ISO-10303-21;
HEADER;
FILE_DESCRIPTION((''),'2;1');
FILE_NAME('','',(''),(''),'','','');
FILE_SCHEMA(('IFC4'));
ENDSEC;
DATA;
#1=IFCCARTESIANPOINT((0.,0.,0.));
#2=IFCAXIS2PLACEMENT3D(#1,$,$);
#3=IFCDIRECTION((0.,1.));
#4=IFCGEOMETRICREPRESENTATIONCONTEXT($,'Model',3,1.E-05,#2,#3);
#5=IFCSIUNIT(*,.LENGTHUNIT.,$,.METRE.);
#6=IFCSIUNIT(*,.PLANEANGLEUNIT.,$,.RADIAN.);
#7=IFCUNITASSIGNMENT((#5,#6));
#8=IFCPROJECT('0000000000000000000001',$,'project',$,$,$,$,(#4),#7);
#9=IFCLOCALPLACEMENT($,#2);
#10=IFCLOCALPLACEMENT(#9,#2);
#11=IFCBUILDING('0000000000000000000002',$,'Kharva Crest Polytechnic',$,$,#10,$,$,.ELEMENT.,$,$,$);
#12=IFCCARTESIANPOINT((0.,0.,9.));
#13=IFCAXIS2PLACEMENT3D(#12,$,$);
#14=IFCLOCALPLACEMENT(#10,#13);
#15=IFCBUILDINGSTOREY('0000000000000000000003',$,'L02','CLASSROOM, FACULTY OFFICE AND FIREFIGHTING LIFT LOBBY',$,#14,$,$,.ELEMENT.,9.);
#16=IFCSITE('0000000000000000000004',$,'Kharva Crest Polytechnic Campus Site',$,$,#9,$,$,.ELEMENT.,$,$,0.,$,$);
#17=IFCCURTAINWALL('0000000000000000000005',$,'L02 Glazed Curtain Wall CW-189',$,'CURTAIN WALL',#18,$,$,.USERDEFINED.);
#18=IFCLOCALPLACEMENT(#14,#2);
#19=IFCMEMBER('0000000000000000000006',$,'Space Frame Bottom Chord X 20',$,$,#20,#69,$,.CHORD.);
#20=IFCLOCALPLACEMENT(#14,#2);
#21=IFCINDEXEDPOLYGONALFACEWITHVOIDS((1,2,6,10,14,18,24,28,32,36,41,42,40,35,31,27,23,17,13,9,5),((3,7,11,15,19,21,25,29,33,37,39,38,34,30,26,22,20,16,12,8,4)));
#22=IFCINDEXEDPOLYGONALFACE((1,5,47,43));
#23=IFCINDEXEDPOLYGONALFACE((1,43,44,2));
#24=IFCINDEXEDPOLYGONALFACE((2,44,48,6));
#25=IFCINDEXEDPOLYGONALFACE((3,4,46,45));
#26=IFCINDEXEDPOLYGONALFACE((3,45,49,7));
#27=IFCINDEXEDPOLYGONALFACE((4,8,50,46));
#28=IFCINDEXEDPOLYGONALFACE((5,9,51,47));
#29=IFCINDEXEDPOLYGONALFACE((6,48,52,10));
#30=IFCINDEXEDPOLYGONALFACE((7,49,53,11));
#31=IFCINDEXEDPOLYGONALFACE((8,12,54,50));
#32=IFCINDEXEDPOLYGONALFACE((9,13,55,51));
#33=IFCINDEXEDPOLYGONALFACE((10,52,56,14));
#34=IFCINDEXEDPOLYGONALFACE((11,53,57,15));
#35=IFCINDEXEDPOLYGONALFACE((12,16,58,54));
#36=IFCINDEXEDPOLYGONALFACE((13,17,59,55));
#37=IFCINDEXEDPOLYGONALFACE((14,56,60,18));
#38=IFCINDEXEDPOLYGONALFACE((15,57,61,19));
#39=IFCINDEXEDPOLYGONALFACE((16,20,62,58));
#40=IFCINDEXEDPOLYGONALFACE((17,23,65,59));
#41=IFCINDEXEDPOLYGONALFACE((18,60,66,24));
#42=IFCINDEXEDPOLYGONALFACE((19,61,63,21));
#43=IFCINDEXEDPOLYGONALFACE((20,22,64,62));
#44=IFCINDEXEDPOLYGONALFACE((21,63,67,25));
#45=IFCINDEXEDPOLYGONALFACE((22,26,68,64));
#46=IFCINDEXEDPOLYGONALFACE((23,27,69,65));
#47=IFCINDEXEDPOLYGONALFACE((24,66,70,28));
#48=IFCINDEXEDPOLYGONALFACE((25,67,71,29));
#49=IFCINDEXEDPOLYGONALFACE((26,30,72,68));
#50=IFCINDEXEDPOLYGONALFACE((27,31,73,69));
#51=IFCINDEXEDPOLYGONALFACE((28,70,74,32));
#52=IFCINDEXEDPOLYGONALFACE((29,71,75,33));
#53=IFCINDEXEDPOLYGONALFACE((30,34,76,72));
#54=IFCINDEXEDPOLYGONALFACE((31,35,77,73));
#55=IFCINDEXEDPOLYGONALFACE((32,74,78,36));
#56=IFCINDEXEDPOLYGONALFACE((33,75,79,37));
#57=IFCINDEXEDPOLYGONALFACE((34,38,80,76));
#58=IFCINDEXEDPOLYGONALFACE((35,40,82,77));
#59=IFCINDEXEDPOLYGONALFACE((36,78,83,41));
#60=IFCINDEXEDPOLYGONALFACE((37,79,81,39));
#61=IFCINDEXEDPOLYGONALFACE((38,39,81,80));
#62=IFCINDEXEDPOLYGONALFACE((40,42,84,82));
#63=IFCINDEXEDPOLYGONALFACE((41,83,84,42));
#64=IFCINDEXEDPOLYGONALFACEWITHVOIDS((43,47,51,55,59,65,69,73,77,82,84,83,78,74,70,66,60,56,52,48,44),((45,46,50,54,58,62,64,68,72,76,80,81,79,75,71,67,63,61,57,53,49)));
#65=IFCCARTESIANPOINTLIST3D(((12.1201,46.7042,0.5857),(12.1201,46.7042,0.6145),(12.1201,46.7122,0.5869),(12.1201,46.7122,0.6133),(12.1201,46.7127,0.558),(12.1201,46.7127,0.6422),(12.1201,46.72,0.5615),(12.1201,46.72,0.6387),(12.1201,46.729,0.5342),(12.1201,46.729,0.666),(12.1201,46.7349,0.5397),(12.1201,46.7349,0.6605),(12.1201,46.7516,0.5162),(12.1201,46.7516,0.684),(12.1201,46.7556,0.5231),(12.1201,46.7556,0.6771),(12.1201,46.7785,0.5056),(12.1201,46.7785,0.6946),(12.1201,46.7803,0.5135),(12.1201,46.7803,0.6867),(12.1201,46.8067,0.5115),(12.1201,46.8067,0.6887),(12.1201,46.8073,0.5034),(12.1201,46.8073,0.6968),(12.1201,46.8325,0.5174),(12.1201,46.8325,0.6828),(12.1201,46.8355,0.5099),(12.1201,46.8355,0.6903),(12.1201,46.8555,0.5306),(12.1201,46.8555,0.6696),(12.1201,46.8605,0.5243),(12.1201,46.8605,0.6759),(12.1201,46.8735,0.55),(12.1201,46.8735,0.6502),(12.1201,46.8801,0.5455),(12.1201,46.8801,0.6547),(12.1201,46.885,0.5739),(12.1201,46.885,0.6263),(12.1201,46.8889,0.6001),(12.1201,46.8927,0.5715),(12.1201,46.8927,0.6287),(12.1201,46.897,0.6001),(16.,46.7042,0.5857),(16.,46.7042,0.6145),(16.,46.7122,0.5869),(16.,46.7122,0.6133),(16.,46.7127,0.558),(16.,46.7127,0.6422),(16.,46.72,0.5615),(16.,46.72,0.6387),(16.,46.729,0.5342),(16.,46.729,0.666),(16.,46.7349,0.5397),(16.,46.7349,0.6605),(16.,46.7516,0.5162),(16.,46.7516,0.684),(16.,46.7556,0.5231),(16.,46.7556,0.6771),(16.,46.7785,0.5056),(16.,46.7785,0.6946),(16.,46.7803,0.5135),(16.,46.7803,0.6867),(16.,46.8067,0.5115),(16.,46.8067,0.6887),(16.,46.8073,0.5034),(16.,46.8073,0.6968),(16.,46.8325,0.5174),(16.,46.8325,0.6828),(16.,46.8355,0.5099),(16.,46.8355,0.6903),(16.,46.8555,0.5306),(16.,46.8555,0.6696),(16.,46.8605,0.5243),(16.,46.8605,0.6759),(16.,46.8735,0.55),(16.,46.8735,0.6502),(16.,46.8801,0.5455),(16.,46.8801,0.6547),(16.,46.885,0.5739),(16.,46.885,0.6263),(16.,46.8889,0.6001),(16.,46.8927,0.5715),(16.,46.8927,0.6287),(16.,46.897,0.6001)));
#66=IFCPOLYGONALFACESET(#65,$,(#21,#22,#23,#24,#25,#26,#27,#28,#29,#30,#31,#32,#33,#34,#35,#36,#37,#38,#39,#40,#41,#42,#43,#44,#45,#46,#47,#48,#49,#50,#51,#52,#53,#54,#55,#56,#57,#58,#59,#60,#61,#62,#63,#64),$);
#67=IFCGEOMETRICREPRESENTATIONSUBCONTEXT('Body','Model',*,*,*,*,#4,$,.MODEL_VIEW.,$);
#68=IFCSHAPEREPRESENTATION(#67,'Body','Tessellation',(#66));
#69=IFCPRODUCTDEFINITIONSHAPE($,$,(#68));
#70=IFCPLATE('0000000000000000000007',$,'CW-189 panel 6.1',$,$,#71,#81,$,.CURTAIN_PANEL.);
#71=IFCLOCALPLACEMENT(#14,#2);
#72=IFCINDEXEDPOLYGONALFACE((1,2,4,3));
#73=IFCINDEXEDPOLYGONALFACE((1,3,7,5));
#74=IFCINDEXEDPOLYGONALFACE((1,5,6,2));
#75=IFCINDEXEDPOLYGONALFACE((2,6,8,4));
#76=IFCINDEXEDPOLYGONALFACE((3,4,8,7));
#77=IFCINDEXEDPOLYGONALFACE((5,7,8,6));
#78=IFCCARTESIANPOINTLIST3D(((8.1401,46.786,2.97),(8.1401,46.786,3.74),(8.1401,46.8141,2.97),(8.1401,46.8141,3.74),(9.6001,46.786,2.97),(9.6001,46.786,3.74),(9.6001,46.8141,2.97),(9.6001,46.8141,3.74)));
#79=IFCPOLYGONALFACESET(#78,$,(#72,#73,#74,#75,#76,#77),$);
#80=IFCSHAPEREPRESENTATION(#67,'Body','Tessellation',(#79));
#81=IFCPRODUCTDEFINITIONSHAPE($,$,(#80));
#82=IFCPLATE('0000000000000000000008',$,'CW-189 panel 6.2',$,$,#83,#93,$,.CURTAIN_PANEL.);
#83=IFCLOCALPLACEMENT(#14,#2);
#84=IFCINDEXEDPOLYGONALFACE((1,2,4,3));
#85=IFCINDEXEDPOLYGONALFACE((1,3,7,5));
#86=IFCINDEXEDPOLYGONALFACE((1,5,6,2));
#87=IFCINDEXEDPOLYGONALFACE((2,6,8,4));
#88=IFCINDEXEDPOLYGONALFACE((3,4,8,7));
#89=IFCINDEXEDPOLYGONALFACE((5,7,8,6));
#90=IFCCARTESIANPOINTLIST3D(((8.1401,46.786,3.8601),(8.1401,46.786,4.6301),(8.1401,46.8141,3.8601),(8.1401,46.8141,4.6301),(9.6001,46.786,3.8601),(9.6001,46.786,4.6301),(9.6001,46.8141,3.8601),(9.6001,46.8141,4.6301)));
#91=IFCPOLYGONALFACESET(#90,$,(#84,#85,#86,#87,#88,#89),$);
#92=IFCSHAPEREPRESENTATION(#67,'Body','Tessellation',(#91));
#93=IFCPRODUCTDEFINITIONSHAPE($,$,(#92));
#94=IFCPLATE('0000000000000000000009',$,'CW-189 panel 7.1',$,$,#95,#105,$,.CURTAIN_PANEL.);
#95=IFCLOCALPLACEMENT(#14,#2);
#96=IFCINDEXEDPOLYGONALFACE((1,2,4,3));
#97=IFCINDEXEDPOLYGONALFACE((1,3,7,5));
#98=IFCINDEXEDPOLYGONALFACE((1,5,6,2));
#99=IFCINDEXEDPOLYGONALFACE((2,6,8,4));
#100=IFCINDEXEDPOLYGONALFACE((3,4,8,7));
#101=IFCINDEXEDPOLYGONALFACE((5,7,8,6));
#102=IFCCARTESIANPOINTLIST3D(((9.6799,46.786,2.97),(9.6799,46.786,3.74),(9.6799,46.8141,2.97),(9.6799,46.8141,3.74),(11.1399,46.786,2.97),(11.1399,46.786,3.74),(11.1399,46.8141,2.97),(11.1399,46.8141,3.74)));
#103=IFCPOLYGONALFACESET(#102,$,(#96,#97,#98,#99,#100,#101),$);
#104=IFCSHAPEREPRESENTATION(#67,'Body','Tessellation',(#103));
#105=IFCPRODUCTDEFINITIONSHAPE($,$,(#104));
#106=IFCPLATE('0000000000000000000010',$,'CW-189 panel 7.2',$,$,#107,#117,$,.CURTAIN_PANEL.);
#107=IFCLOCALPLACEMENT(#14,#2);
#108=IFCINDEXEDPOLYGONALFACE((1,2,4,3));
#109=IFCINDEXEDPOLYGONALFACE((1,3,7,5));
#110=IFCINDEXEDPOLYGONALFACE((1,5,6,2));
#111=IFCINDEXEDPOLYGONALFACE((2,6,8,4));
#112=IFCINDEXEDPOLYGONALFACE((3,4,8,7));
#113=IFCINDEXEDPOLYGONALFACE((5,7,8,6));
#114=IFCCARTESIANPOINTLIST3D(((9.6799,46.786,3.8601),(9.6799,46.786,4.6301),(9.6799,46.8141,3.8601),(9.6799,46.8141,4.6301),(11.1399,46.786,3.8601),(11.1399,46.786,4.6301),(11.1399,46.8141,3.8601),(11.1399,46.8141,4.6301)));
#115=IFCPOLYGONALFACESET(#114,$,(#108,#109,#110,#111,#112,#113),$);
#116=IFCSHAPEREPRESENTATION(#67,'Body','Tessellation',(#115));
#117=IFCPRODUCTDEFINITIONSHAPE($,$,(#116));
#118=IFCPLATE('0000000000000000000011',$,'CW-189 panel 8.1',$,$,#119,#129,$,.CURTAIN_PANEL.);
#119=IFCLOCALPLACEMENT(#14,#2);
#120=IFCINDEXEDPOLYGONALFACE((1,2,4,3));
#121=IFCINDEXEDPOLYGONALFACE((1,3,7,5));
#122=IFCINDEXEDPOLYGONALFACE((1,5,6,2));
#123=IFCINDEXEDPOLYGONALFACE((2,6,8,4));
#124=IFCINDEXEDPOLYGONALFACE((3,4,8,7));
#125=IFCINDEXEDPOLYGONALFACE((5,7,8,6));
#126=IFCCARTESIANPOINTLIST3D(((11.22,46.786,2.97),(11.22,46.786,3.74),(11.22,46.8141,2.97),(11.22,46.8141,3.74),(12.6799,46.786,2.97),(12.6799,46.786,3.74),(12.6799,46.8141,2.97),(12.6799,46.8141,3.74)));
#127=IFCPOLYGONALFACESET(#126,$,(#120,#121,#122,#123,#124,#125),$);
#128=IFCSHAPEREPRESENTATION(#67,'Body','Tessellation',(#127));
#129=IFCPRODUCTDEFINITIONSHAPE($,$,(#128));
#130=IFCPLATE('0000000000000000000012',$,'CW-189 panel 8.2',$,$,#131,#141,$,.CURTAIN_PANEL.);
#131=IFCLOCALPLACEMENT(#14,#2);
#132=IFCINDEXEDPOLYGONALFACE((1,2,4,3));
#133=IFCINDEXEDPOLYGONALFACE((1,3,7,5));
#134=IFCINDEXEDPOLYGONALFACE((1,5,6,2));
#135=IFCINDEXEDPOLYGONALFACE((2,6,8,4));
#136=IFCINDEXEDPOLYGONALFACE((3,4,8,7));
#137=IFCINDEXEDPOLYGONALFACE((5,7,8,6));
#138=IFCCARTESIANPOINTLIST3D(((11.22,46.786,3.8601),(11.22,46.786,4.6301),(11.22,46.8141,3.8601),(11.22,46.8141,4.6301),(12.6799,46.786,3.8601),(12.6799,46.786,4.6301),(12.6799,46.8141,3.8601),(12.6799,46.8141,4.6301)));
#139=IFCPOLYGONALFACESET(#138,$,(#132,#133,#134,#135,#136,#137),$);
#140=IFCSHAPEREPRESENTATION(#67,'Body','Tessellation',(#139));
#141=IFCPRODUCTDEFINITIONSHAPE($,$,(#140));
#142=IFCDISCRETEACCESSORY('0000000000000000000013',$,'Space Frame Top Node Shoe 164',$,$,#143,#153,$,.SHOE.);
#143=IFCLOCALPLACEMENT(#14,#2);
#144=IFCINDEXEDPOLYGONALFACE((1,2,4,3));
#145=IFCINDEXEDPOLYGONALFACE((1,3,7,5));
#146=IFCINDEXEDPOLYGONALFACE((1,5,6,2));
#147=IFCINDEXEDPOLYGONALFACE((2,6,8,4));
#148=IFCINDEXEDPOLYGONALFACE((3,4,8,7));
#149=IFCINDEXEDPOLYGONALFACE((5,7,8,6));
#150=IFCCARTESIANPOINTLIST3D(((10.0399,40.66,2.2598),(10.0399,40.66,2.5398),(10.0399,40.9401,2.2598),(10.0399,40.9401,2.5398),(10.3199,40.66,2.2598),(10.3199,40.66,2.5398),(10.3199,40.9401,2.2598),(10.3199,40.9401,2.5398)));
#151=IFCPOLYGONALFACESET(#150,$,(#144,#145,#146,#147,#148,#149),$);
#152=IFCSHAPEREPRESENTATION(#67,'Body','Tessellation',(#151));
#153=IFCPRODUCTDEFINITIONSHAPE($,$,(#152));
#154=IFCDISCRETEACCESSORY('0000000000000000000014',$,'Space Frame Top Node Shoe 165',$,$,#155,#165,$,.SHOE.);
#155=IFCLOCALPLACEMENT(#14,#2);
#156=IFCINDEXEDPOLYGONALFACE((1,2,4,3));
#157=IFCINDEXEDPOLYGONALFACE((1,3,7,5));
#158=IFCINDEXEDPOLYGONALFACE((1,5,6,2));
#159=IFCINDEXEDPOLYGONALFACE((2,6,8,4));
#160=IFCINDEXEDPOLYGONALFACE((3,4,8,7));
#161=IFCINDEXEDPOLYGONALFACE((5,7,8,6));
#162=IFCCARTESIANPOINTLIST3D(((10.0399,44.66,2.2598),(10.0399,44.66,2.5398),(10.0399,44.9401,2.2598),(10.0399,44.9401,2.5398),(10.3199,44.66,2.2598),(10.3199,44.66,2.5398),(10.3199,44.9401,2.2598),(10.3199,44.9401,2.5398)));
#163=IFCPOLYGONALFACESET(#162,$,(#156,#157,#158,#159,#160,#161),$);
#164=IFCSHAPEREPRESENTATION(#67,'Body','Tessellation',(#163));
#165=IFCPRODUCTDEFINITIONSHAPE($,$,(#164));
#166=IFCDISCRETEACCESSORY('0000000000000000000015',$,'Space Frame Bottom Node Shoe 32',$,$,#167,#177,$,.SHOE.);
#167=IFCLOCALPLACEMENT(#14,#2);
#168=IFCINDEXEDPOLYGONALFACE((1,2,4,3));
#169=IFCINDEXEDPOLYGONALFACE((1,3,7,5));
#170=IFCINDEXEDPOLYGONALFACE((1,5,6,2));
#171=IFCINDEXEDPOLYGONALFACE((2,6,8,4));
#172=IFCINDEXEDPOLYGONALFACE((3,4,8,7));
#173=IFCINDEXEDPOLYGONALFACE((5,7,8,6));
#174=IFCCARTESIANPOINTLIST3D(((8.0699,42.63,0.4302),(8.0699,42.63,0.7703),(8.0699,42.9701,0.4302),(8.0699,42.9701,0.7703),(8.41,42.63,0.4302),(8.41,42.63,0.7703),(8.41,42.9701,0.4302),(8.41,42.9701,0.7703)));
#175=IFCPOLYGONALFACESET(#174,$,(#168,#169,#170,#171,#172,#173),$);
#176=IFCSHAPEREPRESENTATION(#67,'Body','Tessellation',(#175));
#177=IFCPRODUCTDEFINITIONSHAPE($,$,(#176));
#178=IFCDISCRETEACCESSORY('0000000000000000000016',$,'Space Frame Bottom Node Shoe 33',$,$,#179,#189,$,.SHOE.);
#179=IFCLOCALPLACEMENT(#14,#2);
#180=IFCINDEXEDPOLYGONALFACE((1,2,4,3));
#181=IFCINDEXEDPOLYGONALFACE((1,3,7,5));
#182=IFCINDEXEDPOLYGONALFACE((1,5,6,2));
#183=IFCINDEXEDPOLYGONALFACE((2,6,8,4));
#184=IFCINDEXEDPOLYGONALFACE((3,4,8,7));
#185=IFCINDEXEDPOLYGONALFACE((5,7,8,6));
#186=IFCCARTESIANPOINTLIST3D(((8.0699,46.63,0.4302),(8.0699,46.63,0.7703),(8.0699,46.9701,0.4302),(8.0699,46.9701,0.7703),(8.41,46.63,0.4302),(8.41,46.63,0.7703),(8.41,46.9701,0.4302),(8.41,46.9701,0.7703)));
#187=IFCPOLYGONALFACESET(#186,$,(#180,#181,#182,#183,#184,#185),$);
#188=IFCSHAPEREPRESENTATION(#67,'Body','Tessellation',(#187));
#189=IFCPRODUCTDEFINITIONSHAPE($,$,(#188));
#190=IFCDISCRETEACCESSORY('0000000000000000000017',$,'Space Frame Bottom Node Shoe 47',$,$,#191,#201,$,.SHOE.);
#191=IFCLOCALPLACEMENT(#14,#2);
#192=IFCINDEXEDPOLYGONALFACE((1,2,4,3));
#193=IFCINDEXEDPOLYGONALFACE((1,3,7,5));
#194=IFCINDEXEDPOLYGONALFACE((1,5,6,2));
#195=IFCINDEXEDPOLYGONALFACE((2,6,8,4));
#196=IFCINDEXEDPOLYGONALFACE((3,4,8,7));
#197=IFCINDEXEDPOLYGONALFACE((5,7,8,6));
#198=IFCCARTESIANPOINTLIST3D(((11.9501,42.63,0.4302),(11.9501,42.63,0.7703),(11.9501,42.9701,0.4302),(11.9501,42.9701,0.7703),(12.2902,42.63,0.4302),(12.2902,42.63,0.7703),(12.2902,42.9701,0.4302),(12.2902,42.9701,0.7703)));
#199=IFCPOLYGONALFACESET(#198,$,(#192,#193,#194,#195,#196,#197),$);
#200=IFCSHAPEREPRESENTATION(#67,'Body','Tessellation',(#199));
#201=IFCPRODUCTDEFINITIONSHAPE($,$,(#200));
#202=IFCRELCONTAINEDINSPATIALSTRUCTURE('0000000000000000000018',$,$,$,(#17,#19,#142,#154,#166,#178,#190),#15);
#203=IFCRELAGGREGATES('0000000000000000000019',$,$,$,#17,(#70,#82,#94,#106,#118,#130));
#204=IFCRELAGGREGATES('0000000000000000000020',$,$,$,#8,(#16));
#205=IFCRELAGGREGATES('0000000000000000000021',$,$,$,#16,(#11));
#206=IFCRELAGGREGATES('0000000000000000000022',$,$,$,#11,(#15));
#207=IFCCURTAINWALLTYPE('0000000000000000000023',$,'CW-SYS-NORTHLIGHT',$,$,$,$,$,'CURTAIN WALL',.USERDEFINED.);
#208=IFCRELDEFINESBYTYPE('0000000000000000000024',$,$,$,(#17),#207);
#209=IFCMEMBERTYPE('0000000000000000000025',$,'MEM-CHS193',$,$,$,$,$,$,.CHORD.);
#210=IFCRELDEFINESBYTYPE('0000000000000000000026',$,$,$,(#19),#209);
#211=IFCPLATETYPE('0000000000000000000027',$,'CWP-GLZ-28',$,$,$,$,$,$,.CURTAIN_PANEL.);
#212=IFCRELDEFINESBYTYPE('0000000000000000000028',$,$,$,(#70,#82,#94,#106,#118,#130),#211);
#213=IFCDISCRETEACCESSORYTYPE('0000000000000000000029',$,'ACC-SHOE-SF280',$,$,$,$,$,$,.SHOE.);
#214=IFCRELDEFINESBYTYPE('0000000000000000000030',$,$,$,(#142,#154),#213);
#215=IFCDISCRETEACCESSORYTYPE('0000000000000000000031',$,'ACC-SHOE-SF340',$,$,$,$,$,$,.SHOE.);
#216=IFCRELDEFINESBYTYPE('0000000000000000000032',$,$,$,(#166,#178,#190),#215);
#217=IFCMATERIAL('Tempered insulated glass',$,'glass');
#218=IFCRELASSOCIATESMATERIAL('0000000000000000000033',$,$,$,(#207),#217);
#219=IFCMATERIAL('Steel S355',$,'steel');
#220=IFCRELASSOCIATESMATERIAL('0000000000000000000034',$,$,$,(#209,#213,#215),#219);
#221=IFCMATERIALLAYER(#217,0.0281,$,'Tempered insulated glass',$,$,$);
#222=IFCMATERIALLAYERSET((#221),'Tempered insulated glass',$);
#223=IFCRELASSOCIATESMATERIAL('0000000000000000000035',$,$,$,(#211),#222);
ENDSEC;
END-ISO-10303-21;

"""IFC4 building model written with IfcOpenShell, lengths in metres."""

from ifc_helpers import new_model, si_unit, direction, frame, origin, origin_2d, place, context, subcontext, project, spatial, rectangle, hollow_circle, extrude, material, layer, layer_set, material_profile, profile_set, type_object, element, aggregate, save


model = new_model("IFC4")

# Units and contexts
model_context = context("Model", 3, precision=1e-05, world=origin(), true_north=direction((0.0, 1.0)))
body_context = subcontext(model_context, "Body", "Model", "MODEL_VIEW")
ifc_project = project(units=[si_unit("LENGTHUNIT", "METRE"), si_unit("PLANEANGLEUNIT", "RADIAN")], contexts=[model_context])

# Site, building, storey
site_placement = place(None, origin())
site = spatial("IfcSite", under=ifc_project, at=site_placement, Name="Kharva Crest Polytechnic Campus Site", CompositionType="ELEMENT", RefElevation=0.0)
building_placement = place(site_placement, origin())
building = spatial("IfcBuilding", under=site, at=building_placement, Name="Kharva Crest Polytechnic", CompositionType="ELEMENT")
storey_placement = place(building_placement, frame((0.0, 0.0, 9.0)))
storey = spatial("IfcBuildingStorey", under=building, at=storey_placement, Name="L02", Description="CLASSROOM, FACULTY OFFICE AND FIREFIGHTING LIFT LOBBY", CompositionType="ELEMENT", Elevation=9.0)

# Curtain wall
ifc_material_1 = material(Name="Tempered insulated glass", Category="glass")
curtain_wall_type = type_object("IfcCurtainWallType", Name="CW-SYS-NORTHLIGHT", ElementType="CURTAIN WALL", PredefinedType="USERDEFINED", material=ifc_material_1)
curtain_wall_placement = place(storey_placement, origin())
curtain_wall = element("IfcCurtainWall", 1, at=curtain_wall_placement, inside=storey, type_object=curtain_wall_type, Name="L02 Glazed Curtain Wall CW-189", ObjectType="CURTAIN WALL", PredefinedType="USERDEFINED")
ifc_material_2 = material(Name="Steel S355", Category="steel")

# Member
ifc_material_profile_1 = material_profile(ifc_material_2, hollow_circle(Radius=0.0969, WallThickness=0.0081, at=origin_2d()), Name="CHS 193.7X8.0")
ifc_profile_set_1 = profile_set([ifc_material_profile_1], Name="Steel S355")
member_type_1 = type_object("IfcMemberType", Name="MEM-CHS193", PredefinedType="CHORD", material=ifc_profile_set_1)
member_1_placement = place(storey_placement, frame((12.1201, 46.8, 0.6001), z_axis=(1.0, 0.0, 0.0), x_axis=(0.0, 1.0, 0.0)))
element("IfcMember", 2, at=member_1_placement, inside=storey, type_object=member_type_1, Name="Space Frame Bottom Chord X 20", PredefinedType="CHORD", context=body_context, shape_type="SweptSolid", body=[
    extrude(hollow_circle(Radius=0.0969, WallThickness=0.0081, at=origin_2d()), origin(), (0.0, 0.0, 1.0), 3.8799),
])

# Plates
ifc_layer = layer(ifc_material_1, 0.0281, Name="Tempered insulated glass")
ifc_layer_set = layer_set([ifc_layer], Name="Tempered insulated glass")
plate_type = type_object("IfcPlateType", Name="CWP-GLZ-28", PredefinedType="CURTAIN_PANEL", material=ifc_layer_set)
plate_1_placement = place(storey_placement, frame((8.8701, 46.8, 2.97), z_axis=(0.0, 0.0, 1.0), x_axis=(1.0, 0.0, 0.0)))
plate_1 = element("IfcPlate", 3, at=plate_1_placement, type_object=plate_type, Name="CW-189 panel 6.1", PredefinedType="CURTAIN_PANEL", context=body_context, shape_type="SweptSolid", body=[
    extrude(rectangle(XDim=1.46, YDim=0.0281, at=origin_2d()), origin(), (0.0, 0.0, 1.0), 0.77),
])
plate_2_placement = place(storey_placement, frame((8.8701, 46.8, 3.8601), z_axis=(0.0, 0.0, 1.0), x_axis=(1.0, 0.0, 0.0)))
plate_2 = element("IfcPlate", 4, at=plate_2_placement, type_object=plate_type, Name="CW-189 panel 6.2", PredefinedType="CURTAIN_PANEL", context=body_context, shape_type="SweptSolid", body=[
    extrude(rectangle(XDim=1.46, YDim=0.0281, at=origin_2d()), origin(), (0.0, 0.0, 1.0), 0.77),
])
plate_3_placement = place(storey_placement, frame((10.4099, 46.8, 2.97), z_axis=(0.0, 0.0, 1.0), x_axis=(1.0, 0.0, 0.0)))
plate_3 = element("IfcPlate", 5, at=plate_3_placement, type_object=plate_type, Name="CW-189 panel 7.1", PredefinedType="CURTAIN_PANEL", context=body_context, shape_type="SweptSolid", body=[
    extrude(rectangle(XDim=1.46, YDim=0.0281, at=origin_2d()), origin(), (0.0, 0.0, 1.0), 0.77),
])
plate_4_placement = place(storey_placement, frame((10.4099, 46.8, 3.8601), z_axis=(0.0, 0.0, 1.0), x_axis=(1.0, 0.0, 0.0)))
plate_4 = element("IfcPlate", 6, at=plate_4_placement, type_object=plate_type, Name="CW-189 panel 7.2", PredefinedType="CURTAIN_PANEL", context=body_context, shape_type="SweptSolid", body=[
    extrude(rectangle(XDim=1.46, YDim=0.0281, at=origin_2d()), origin(), (0.0, 0.0, 1.0), 0.77),
])
plate_5_placement = place(storey_placement, frame((11.95, 46.8, 2.97), z_axis=(0.0, 0.0, 1.0), x_axis=(1.0, 0.0, 0.0)))
plate_5 = element("IfcPlate", 7, at=plate_5_placement, type_object=plate_type, Name="CW-189 panel 8.1", PredefinedType="CURTAIN_PANEL", context=body_context, shape_type="SweptSolid", body=[
    extrude(rectangle(XDim=1.46, YDim=0.0281, at=origin_2d()), origin(), (0.0, 0.0, 1.0), 0.77),
])
plate_6_placement = place(storey_placement, frame((11.95, 46.8, 3.8601), z_axis=(0.0, 0.0, 1.0), x_axis=(1.0, 0.0, 0.0)))
plate_6 = element("IfcPlate", 8, at=plate_6_placement, type_object=plate_type, Name="CW-189 panel 8.2", PredefinedType="CURTAIN_PANEL", context=body_context, shape_type="SweptSolid", body=[
    extrude(rectangle(XDim=1.46, YDim=0.0281, at=origin_2d()), origin(), (0.0, 0.0, 1.0), 0.77),
])
aggregate(curtain_wall, [plate_1, plate_2, plate_3, plate_4, plate_5, plate_6])

# Discrete accessories
discrete_accessory_type_1 = type_object("IfcDiscreteAccessoryType", Name="ACC-SHOE-SF280", PredefinedType="SHOE", material=ifc_material_2)
for number, where, z_axis, x_axis, name in (
    (9, (10.1799, 40.8, 2.2598), (0.0, 0.0, 1.0), (1.0, 0.0, 0.0), "Space Frame Top Node Shoe 164"),
    (10, (10.1799, 44.8, 2.2598), (0.0, 0.0, 1.0), (1.0, 0.0, 0.0), "Space Frame Top Node Shoe 165"),
):
    element("IfcDiscreteAccessory", number, at=place(storey_placement, frame(where, z_axis=z_axis, x_axis=x_axis)), inside=storey, type_object=discrete_accessory_type_1, Name=name, PredefinedType="SHOE", context=body_context, shape_type="SweptSolid", body=[
        extrude(rectangle(XDim=0.28, YDim=0.28, at=origin_2d()), origin(), (0.0, 0.0, 1.0), 0.28),
    ])
discrete_accessory_type_2 = type_object("IfcDiscreteAccessoryType", Name="ACC-SHOE-SF340", PredefinedType="SHOE", material=ifc_material_2)
for number, where, z_axis, x_axis, name in (
    (11, (8.24, 42.8, 0.4302), (0.0, 0.0, 1.0), (1.0, 0.0, 0.0), "Space Frame Bottom Node Shoe 32"),
    (12, (8.24, 46.8, 0.4302), (0.0, 0.0, 1.0), (1.0, 0.0, 0.0), "Space Frame Bottom Node Shoe 33"),
    (13, (12.1201, 42.8, 0.4302), (0.0, 0.0, 1.0), (1.0, 0.0, 0.0), "Space Frame Bottom Node Shoe 47"),
):
    element("IfcDiscreteAccessory", number, at=place(storey_placement, frame(where, z_axis=z_axis, x_axis=x_axis)), inside=storey, type_object=discrete_accessory_type_2, Name=name, PredefinedType="SHOE", context=body_context, shape_type="SweptSolid", body=[
        extrude(rectangle(XDim=0.3401, YDim=0.3401, at=origin_2d()), origin(), (0.0, 0.0, 1.0), 0.3401),
    ])

save(model, "model.ifc")
